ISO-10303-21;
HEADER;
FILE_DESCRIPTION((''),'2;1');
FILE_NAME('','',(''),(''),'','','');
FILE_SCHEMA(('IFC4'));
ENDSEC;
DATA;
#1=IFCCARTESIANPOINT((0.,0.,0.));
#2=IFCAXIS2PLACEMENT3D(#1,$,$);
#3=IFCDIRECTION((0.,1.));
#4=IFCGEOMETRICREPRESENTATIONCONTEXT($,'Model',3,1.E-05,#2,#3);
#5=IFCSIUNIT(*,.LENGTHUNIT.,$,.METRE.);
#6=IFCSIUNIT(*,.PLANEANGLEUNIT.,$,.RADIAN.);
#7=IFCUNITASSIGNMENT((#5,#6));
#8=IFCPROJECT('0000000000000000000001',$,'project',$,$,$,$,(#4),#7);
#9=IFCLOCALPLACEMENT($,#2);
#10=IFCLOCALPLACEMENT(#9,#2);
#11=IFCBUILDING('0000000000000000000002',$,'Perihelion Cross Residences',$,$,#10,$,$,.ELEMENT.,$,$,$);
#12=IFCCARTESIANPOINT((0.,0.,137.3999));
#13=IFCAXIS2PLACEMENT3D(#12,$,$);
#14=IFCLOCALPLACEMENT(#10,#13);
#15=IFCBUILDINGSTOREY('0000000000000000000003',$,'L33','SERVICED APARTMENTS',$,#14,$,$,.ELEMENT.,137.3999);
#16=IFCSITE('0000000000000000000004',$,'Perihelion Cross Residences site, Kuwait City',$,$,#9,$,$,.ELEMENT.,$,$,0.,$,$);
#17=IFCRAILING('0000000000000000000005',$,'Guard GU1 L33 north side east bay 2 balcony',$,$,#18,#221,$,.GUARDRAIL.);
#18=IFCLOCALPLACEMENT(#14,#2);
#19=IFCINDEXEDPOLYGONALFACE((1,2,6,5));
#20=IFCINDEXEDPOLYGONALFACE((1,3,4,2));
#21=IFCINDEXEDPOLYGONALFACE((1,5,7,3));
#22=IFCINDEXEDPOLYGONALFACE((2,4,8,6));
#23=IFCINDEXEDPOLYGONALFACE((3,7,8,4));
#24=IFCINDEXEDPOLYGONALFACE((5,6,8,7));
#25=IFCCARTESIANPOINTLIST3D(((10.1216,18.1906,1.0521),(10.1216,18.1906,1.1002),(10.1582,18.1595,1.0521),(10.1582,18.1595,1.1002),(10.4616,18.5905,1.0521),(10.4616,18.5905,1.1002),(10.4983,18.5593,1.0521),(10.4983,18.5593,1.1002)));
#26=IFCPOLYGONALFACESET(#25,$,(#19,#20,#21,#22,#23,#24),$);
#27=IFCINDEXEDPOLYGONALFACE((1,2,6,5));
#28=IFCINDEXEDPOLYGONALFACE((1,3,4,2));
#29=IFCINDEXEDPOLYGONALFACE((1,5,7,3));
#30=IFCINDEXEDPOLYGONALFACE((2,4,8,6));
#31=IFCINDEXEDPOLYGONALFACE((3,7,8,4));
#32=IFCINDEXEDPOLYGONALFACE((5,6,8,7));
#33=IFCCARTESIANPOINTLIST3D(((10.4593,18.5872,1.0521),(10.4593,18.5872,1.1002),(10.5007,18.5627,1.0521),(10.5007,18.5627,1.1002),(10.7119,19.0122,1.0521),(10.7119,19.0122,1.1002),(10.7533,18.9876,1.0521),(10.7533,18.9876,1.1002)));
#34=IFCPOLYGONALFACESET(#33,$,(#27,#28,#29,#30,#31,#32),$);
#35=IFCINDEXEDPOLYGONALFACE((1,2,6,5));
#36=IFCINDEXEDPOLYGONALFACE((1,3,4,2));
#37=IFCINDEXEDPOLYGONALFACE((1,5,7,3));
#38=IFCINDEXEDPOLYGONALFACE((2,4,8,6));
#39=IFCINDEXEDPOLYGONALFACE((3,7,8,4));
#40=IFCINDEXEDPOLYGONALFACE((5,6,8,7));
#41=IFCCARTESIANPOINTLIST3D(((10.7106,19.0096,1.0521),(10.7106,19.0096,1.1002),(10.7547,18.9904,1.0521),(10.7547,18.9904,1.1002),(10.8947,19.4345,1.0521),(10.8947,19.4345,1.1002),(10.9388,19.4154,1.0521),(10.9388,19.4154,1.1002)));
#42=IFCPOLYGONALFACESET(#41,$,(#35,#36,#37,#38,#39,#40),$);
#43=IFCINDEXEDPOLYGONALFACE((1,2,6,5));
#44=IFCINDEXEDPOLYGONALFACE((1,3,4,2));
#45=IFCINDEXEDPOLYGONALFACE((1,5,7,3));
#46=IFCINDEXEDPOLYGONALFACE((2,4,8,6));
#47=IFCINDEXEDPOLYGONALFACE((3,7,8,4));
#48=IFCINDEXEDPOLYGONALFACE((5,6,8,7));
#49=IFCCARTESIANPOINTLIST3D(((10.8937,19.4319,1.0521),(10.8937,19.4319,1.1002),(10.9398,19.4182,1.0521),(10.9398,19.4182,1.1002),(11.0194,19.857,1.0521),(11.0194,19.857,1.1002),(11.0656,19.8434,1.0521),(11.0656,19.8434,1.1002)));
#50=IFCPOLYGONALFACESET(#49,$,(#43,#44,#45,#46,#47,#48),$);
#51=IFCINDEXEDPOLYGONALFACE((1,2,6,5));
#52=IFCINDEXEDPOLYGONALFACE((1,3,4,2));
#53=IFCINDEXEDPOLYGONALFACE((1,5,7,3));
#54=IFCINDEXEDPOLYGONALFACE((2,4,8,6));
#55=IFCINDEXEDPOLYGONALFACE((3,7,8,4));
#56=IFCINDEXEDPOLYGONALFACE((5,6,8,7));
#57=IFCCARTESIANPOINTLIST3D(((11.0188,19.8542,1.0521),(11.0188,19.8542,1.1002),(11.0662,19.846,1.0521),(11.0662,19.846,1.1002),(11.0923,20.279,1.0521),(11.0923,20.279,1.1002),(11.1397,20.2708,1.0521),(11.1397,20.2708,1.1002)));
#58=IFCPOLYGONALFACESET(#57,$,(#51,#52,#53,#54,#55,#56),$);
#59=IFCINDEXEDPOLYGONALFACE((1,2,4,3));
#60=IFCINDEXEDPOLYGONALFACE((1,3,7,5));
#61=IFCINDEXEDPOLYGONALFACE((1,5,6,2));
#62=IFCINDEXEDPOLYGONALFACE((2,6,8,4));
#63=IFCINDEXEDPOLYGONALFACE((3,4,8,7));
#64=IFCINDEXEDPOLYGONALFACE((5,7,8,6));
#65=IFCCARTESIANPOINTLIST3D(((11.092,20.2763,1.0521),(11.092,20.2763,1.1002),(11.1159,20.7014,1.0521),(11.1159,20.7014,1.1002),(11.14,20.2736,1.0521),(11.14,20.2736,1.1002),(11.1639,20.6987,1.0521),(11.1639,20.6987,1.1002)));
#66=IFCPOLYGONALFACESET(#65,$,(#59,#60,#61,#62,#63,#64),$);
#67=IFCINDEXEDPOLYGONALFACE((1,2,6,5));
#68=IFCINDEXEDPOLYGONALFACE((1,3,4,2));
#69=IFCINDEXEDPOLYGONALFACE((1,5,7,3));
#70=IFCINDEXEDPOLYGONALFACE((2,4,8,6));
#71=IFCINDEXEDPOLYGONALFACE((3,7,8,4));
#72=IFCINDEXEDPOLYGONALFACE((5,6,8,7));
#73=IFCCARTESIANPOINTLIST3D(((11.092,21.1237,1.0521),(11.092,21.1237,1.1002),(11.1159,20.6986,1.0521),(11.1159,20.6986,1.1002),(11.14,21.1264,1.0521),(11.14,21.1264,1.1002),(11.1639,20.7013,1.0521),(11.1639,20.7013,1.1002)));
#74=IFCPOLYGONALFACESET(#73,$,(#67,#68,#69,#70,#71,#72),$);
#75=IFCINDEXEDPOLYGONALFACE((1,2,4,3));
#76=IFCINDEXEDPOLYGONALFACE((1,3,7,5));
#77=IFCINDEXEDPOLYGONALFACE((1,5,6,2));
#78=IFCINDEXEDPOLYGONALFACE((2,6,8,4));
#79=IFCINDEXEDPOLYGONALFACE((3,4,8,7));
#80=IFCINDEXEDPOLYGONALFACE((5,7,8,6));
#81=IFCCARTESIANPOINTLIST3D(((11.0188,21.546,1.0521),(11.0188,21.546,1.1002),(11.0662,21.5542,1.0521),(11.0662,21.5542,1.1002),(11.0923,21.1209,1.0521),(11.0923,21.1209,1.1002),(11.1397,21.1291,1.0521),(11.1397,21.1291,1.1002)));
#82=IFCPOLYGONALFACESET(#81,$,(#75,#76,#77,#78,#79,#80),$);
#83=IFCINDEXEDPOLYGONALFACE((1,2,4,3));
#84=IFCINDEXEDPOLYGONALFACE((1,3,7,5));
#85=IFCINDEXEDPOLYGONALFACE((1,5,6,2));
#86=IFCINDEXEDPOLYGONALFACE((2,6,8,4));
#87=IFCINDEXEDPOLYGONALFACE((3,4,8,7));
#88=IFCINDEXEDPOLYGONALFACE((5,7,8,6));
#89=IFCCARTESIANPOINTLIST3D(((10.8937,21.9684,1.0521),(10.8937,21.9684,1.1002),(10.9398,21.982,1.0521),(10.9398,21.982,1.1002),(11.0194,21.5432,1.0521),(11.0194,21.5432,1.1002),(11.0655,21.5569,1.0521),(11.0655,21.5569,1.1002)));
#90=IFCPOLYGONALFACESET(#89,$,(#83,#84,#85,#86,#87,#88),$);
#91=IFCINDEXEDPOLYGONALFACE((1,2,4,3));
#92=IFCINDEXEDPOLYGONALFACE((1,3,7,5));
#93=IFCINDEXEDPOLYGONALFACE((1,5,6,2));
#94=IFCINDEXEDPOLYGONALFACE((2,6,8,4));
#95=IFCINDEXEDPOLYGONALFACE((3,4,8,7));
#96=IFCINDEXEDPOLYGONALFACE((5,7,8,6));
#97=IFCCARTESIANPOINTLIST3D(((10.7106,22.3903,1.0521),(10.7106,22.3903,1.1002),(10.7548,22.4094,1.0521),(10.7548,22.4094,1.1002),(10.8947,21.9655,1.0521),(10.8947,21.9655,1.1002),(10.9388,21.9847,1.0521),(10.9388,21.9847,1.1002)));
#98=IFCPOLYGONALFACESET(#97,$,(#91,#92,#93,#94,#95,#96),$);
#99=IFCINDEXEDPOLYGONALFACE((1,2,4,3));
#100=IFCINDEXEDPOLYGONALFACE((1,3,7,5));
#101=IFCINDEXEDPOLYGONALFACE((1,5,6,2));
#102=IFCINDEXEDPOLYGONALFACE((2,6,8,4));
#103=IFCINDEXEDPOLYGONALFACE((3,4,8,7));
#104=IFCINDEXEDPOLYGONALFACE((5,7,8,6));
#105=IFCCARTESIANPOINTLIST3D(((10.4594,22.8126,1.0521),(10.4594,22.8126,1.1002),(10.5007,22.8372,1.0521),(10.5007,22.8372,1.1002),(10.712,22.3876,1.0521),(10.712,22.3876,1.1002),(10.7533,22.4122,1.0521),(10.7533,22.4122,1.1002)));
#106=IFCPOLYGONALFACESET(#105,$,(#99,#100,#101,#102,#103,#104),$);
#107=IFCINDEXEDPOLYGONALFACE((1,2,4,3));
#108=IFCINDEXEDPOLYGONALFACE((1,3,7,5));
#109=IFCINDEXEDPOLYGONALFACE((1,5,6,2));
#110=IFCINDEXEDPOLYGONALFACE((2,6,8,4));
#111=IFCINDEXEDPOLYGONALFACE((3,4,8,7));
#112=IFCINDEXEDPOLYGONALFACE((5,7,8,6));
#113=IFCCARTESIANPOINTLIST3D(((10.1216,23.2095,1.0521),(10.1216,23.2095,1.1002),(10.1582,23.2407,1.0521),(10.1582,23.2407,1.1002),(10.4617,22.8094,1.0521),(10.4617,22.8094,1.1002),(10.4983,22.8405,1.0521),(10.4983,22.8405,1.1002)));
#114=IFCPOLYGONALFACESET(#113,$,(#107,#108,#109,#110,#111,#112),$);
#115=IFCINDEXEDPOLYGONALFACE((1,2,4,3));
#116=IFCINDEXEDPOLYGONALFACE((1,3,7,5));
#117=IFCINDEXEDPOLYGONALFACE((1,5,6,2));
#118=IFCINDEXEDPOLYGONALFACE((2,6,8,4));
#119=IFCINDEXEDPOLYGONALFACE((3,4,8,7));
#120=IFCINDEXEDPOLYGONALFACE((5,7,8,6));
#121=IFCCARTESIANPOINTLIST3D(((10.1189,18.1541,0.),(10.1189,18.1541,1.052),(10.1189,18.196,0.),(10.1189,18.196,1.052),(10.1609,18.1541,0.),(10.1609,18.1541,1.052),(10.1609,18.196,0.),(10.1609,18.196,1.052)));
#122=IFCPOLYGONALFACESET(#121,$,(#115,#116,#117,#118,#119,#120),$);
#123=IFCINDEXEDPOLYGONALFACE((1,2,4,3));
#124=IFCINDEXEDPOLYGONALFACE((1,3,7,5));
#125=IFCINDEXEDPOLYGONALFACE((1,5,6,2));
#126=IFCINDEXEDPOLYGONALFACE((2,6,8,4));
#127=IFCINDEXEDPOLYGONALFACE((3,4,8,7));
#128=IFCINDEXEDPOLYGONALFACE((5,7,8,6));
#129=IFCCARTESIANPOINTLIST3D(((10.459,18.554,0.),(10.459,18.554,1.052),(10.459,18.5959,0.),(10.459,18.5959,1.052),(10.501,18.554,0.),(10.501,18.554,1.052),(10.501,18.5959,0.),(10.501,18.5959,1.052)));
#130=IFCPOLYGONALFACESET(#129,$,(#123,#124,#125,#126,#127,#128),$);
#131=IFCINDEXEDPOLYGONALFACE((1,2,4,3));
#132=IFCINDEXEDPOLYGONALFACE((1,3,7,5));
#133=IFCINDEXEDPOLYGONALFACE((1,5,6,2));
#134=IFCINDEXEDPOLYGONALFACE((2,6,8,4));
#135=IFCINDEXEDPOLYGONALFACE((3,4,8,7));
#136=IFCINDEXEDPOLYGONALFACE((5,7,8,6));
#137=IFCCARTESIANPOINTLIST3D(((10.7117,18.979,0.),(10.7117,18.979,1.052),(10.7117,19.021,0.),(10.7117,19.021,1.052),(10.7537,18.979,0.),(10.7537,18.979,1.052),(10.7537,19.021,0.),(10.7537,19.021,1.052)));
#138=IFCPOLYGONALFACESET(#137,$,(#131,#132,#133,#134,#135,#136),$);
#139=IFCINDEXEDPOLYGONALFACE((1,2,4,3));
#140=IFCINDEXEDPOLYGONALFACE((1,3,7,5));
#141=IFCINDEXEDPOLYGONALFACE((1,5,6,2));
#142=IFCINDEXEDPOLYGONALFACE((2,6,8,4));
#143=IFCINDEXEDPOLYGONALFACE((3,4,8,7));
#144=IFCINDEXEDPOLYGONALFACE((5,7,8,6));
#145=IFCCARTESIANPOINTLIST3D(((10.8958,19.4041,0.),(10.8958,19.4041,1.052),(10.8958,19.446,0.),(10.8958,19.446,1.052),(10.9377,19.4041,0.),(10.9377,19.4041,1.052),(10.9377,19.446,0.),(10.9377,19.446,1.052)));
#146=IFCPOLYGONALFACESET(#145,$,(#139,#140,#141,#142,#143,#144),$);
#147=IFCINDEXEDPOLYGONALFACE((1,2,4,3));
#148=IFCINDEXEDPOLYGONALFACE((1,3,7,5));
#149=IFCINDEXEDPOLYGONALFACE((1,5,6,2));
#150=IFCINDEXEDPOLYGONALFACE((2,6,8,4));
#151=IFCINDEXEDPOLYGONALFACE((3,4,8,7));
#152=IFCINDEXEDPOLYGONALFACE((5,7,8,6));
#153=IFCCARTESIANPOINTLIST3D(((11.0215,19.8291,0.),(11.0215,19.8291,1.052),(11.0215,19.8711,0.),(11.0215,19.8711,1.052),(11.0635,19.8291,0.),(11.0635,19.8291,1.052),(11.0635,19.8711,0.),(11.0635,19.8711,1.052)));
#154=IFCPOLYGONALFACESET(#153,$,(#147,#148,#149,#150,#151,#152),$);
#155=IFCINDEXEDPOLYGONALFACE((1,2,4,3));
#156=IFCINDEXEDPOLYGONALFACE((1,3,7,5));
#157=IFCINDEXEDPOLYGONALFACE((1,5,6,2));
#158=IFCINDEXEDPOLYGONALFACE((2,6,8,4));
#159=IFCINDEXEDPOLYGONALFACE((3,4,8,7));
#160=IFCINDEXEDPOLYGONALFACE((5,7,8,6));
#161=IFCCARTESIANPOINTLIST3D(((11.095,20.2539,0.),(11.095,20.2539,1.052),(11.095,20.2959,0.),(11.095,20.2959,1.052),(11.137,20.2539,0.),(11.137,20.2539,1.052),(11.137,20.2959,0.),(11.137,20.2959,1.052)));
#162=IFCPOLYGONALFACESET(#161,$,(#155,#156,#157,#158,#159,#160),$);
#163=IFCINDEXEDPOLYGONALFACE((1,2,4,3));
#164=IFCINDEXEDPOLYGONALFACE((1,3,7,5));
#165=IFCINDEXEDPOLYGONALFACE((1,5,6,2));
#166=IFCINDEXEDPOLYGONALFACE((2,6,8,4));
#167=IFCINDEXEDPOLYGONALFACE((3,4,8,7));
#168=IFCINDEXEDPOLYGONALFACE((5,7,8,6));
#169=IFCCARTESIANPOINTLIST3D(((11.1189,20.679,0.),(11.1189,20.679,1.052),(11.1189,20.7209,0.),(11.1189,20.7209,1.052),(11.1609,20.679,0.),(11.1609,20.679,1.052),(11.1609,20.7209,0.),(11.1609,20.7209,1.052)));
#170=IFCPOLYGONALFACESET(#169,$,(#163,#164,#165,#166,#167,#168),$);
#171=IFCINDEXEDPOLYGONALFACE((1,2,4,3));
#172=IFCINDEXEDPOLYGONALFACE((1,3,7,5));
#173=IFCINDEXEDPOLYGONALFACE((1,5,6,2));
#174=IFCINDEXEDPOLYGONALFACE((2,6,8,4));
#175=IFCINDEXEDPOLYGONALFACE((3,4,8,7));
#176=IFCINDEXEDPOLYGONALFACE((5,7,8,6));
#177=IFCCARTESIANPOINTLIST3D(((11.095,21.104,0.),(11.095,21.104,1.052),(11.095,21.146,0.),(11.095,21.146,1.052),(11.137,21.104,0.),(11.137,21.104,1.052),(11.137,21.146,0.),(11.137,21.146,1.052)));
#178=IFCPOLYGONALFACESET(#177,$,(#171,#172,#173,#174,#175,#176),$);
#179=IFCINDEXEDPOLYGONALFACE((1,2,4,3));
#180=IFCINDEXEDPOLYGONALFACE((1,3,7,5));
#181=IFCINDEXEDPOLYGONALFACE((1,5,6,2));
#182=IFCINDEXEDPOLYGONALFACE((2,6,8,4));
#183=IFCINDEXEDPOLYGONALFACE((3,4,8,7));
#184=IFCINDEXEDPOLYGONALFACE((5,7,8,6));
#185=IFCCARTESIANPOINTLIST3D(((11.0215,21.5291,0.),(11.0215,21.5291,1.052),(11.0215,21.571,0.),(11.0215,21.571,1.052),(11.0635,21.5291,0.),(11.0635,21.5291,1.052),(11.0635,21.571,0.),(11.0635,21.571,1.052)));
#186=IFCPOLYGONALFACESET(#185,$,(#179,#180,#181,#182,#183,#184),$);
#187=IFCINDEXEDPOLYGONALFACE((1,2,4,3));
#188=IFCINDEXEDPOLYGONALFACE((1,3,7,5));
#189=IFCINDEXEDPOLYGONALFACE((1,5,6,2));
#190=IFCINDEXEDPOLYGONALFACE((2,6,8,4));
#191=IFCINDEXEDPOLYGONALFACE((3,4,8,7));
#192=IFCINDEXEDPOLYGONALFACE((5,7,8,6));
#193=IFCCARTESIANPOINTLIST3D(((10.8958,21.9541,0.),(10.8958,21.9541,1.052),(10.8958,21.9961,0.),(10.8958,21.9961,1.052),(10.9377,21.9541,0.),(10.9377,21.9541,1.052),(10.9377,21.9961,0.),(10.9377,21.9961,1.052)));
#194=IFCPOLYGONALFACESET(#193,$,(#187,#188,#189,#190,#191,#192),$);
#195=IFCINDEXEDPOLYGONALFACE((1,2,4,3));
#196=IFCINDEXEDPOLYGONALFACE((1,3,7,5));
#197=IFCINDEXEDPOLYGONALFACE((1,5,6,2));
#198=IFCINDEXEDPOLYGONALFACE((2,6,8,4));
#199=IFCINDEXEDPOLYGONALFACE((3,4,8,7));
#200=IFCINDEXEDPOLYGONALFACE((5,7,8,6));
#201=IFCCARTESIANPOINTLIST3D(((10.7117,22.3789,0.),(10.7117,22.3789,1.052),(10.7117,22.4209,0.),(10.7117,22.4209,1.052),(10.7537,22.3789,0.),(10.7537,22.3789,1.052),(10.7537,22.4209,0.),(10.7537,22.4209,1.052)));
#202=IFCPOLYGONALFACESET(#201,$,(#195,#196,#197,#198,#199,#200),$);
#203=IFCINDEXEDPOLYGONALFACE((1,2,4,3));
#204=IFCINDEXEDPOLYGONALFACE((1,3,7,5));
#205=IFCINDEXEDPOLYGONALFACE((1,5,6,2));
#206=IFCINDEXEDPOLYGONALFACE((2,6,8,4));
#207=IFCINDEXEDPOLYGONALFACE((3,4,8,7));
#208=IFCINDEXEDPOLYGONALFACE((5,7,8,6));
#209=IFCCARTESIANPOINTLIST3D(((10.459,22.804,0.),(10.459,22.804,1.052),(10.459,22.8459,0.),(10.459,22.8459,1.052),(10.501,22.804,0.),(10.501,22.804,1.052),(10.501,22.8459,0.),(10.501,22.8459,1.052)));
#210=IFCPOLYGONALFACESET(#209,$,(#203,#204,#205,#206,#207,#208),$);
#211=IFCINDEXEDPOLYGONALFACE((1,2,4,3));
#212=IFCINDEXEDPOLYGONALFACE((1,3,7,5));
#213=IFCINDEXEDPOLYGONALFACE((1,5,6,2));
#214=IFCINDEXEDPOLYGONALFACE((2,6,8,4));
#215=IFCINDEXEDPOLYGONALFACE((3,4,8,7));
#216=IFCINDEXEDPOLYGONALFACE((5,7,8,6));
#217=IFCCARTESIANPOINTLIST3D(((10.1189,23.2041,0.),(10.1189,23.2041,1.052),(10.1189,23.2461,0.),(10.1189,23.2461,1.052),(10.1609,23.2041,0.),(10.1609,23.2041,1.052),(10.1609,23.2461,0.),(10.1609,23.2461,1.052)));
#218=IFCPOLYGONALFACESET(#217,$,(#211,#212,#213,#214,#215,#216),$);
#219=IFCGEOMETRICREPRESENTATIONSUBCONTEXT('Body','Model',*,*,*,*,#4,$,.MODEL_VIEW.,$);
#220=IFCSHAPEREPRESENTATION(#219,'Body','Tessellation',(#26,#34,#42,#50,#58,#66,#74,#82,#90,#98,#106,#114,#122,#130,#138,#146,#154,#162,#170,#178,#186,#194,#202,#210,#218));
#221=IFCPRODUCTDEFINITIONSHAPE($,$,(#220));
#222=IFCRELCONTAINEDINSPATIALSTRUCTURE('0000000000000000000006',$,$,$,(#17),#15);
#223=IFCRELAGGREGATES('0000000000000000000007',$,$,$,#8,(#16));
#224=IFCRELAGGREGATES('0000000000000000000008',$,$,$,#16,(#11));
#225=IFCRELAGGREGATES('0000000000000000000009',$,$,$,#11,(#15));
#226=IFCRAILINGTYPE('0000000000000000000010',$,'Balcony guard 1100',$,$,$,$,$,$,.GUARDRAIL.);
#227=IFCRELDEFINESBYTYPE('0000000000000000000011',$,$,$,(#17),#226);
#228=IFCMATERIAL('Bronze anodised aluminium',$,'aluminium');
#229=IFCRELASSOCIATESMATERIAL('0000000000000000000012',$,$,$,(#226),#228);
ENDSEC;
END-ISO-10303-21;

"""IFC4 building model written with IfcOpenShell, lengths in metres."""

from ifc_helpers import new_model, si_unit, direction, frame, origin, origin_2d, place, context, subcontext, project, spatial, rectangle, extrude, material, type_object, element, save


model = new_model("IFC4")

# Units and contexts
model_context = context("Model", 3, precision=1e-05, world=origin(), true_north=direction((0.0, 1.0)))
body_context = subcontext(model_context, "Body", "Model", "MODEL_VIEW")
ifc_project = project(units=[si_unit("LENGTHUNIT", "METRE"), si_unit("PLANEANGLEUNIT", "RADIAN")], contexts=[model_context])

# Site, building, storey
site_placement = place(None, origin())
site = spatial("IfcSite", under=ifc_project, at=site_placement, Name="Perihelion Cross Residences site, Kuwait City", CompositionType="ELEMENT", RefElevation=0.0)
building_placement = place(site_placement, origin())
building = spatial("IfcBuilding", under=site, at=building_placement, Name="Perihelion Cross Residences", CompositionType="ELEMENT")
storey_placement = place(building_placement, frame((0.0, 0.0, 137.3999)))
storey = spatial("IfcBuildingStorey", under=building, at=storey_placement, Name="L33", Description="SERVICED APARTMENTS", CompositionType="ELEMENT", Elevation=137.3999)

# Railing
ifc_material_1 = material(Name="Bronze anodised aluminium", Category="aluminium")
railing_type = type_object("IfcRailingType", Name="Balcony guard 1100", PredefinedType="GUARDRAIL", material=ifc_material_1)
railing_1_placement = place(storey_placement, frame((10.1399, 18.175, 0.0)))
element("IfcRailing", 1, at=railing_1_placement, inside=storey, type_object=railing_type, Name="Guard GU1 L33 north side east bay 2 balcony", PredefinedType="GUARDRAIL", context=body_context, shape_type="SweptSolid", body=[
    extrude(rectangle(XDim=0.0481, YDim=0.0481, at=origin_2d()), frame((0.0, 0.0, 1.0762), z_axis=(0.647837, 0.761779, 0.0), x_axis=(-0.761779, 0.647837, 0.0)), (0.0, 0.0, 1.0), 0.5249),
    extrude(rectangle(XDim=0.0481, YDim=0.0481, at=origin_2d()), frame((0.3401, 0.3999, 1.0762), z_axis=(0.511006, 0.859577, 0.0), x_axis=(-0.859577, 0.511006, 0.0)), (0.0, 0.0, 1.0), 0.4944),
    extrude(rectangle(XDim=0.0481, YDim=0.0481, at=origin_2d()), frame((0.5928, 0.825, 1.0762), z_axis=(0.397415, 0.917639, 0.0), x_axis=(-0.917639, 0.397415, 0.0)), (0.0, 0.0, 1.0), 0.4631),
    extrude(rectangle(XDim=0.0481, YDim=0.0481, at=origin_2d()), frame((0.7769, 1.25, 1.0762), z_axis=(0.283657, 0.958926, 0.0), x_axis=(-0.958926, 0.283657, 0.0)), (0.0, 0.0, 1.0), 0.4434),
    extrude(rectangle(XDim=0.0481, YDim=0.0481, at=origin_2d()), frame((0.9026, 1.675, 1.0762), z_axis=(0.170457, 0.985365, 0.0), x_axis=(-0.985365, 0.170457, 0.0)), (0.0, 0.0, 1.0), 0.4312),
    extrude(rectangle(XDim=0.0481, YDim=0.0481, at=origin_2d()), frame((0.9761, 2.0999, 1.0762), z_axis=(0.056201, 0.99842, 0.0), x_axis=(-0.99842, 0.056201, 0.0)), (0.0, 0.0, 1.0), 0.4258),
    extrude(rectangle(XDim=0.0481, YDim=0.0481, at=origin_2d()), frame((1.0, 2.5249, 1.0762), z_axis=(-0.056201, 0.99842, 0.0), x_axis=(-0.99842, -0.056201, 0.0)), (0.0, 0.0, 1.0), 0.4258),
    extrude(rectangle(XDim=0.0481, YDim=0.0481, at=origin_2d()), frame((0.9761, 2.95, 1.0762), z_axis=(-0.170362, 0.985382, 0.0), x_axis=(-0.985382, -0.170362, 0.0)), (0.0, 0.0, 1.0), 0.4314),
    extrude(rectangle(XDim=0.0481, YDim=0.0481, at=origin_2d()), frame((0.9026, 3.375, 1.0762), z_axis=(-0.283657, 0.958926, 0.0), x_axis=(-0.958926, -0.283657, 0.0)), (0.0, 0.0, 1.0), 0.4434),
    extrude(rectangle(XDim=0.0481, YDim=0.0481, at=origin_2d()), frame((0.7769, 3.8, 1.0762), z_axis=(-0.397607, 0.917556, 0.0), x_axis=(-0.917556, -0.397607, 0.0)), (0.0, 0.0, 1.0), 0.4629),
    extrude(rectangle(XDim=0.0481, YDim=0.0481, at=origin_2d()), frame((0.5928, 4.2249, 1.0762), z_axis=(-0.511006, 0.859577, 0.0), x_axis=(-0.859577, -0.511006, 0.0)), (0.0, 0.0, 1.0), 0.4944),
    extrude(rectangle(XDim=0.0481, YDim=0.0481, at=origin_2d()), frame((0.3401, 4.6499, 1.0762), z_axis=(-0.647608, 0.761974, 0.0), x_axis=(-0.761974, -0.647608, 0.0)), (0.0, 0.0, 1.0), 0.5251),
    extrude(rectangle(XDim=0.042, YDim=0.042, at=origin_2d()), origin(), (0.0, 0.0, 1.0), 1.052),
    extrude(rectangle(XDim=0.042, YDim=0.042, at=origin_2d()), frame((0.3401, 0.3999, 0.0)), (0.0, 0.0, 1.0), 1.052),
    extrude(rectangle(XDim=0.042, YDim=0.042, at=origin_2d()), frame((0.5928, 0.825, 0.0)), (0.0, 0.0, 1.0), 1.052),
    extrude(rectangle(XDim=0.042, YDim=0.042, at=origin_2d()), frame((0.7769, 1.25, 0.0)), (0.0, 0.0, 1.0), 1.052),
    extrude(rectangle(XDim=0.042, YDim=0.042, at=origin_2d()), frame((0.9026, 1.675, 0.0)), (0.0, 0.0, 1.0), 1.052),
    extrude(rectangle(XDim=0.042, YDim=0.042, at=origin_2d()), frame((0.9761, 2.0999, 0.0)), (0.0, 0.0, 1.0), 1.052),
    extrude(rectangle(XDim=0.042, YDim=0.042, at=origin_2d()), frame((1.0, 2.5249, 0.0)), (0.0, 0.0, 1.0), 1.052),
    extrude(rectangle(XDim=0.042, YDim=0.042, at=origin_2d()), frame((0.9761, 2.95, 0.0)), (0.0, 0.0, 1.0), 1.052),
    extrude(rectangle(XDim=0.042, YDim=0.042, at=origin_2d()), frame((0.9026, 3.375, 0.0)), (0.0, 0.0, 1.0), 1.052),
    extrude(rectangle(XDim=0.042, YDim=0.042, at=origin_2d()), frame((0.7769, 3.8, 0.0)), (0.0, 0.0, 1.0), 1.052),
    extrude(rectangle(XDim=0.042, YDim=0.042, at=origin_2d()), frame((0.5928, 4.2249, 0.0)), (0.0, 0.0, 1.0), 1.052),
    extrude(rectangle(XDim=0.042, YDim=0.042, at=origin_2d()), frame((0.3401, 4.6499, 0.0)), (0.0, 0.0, 1.0), 1.052),
    extrude(rectangle(XDim=0.042, YDim=0.042, at=origin_2d()), frame((0.0, 5.05, 0.0)), (0.0, 0.0, 1.0), 1.052),
])

save(model, "model.ifc")
